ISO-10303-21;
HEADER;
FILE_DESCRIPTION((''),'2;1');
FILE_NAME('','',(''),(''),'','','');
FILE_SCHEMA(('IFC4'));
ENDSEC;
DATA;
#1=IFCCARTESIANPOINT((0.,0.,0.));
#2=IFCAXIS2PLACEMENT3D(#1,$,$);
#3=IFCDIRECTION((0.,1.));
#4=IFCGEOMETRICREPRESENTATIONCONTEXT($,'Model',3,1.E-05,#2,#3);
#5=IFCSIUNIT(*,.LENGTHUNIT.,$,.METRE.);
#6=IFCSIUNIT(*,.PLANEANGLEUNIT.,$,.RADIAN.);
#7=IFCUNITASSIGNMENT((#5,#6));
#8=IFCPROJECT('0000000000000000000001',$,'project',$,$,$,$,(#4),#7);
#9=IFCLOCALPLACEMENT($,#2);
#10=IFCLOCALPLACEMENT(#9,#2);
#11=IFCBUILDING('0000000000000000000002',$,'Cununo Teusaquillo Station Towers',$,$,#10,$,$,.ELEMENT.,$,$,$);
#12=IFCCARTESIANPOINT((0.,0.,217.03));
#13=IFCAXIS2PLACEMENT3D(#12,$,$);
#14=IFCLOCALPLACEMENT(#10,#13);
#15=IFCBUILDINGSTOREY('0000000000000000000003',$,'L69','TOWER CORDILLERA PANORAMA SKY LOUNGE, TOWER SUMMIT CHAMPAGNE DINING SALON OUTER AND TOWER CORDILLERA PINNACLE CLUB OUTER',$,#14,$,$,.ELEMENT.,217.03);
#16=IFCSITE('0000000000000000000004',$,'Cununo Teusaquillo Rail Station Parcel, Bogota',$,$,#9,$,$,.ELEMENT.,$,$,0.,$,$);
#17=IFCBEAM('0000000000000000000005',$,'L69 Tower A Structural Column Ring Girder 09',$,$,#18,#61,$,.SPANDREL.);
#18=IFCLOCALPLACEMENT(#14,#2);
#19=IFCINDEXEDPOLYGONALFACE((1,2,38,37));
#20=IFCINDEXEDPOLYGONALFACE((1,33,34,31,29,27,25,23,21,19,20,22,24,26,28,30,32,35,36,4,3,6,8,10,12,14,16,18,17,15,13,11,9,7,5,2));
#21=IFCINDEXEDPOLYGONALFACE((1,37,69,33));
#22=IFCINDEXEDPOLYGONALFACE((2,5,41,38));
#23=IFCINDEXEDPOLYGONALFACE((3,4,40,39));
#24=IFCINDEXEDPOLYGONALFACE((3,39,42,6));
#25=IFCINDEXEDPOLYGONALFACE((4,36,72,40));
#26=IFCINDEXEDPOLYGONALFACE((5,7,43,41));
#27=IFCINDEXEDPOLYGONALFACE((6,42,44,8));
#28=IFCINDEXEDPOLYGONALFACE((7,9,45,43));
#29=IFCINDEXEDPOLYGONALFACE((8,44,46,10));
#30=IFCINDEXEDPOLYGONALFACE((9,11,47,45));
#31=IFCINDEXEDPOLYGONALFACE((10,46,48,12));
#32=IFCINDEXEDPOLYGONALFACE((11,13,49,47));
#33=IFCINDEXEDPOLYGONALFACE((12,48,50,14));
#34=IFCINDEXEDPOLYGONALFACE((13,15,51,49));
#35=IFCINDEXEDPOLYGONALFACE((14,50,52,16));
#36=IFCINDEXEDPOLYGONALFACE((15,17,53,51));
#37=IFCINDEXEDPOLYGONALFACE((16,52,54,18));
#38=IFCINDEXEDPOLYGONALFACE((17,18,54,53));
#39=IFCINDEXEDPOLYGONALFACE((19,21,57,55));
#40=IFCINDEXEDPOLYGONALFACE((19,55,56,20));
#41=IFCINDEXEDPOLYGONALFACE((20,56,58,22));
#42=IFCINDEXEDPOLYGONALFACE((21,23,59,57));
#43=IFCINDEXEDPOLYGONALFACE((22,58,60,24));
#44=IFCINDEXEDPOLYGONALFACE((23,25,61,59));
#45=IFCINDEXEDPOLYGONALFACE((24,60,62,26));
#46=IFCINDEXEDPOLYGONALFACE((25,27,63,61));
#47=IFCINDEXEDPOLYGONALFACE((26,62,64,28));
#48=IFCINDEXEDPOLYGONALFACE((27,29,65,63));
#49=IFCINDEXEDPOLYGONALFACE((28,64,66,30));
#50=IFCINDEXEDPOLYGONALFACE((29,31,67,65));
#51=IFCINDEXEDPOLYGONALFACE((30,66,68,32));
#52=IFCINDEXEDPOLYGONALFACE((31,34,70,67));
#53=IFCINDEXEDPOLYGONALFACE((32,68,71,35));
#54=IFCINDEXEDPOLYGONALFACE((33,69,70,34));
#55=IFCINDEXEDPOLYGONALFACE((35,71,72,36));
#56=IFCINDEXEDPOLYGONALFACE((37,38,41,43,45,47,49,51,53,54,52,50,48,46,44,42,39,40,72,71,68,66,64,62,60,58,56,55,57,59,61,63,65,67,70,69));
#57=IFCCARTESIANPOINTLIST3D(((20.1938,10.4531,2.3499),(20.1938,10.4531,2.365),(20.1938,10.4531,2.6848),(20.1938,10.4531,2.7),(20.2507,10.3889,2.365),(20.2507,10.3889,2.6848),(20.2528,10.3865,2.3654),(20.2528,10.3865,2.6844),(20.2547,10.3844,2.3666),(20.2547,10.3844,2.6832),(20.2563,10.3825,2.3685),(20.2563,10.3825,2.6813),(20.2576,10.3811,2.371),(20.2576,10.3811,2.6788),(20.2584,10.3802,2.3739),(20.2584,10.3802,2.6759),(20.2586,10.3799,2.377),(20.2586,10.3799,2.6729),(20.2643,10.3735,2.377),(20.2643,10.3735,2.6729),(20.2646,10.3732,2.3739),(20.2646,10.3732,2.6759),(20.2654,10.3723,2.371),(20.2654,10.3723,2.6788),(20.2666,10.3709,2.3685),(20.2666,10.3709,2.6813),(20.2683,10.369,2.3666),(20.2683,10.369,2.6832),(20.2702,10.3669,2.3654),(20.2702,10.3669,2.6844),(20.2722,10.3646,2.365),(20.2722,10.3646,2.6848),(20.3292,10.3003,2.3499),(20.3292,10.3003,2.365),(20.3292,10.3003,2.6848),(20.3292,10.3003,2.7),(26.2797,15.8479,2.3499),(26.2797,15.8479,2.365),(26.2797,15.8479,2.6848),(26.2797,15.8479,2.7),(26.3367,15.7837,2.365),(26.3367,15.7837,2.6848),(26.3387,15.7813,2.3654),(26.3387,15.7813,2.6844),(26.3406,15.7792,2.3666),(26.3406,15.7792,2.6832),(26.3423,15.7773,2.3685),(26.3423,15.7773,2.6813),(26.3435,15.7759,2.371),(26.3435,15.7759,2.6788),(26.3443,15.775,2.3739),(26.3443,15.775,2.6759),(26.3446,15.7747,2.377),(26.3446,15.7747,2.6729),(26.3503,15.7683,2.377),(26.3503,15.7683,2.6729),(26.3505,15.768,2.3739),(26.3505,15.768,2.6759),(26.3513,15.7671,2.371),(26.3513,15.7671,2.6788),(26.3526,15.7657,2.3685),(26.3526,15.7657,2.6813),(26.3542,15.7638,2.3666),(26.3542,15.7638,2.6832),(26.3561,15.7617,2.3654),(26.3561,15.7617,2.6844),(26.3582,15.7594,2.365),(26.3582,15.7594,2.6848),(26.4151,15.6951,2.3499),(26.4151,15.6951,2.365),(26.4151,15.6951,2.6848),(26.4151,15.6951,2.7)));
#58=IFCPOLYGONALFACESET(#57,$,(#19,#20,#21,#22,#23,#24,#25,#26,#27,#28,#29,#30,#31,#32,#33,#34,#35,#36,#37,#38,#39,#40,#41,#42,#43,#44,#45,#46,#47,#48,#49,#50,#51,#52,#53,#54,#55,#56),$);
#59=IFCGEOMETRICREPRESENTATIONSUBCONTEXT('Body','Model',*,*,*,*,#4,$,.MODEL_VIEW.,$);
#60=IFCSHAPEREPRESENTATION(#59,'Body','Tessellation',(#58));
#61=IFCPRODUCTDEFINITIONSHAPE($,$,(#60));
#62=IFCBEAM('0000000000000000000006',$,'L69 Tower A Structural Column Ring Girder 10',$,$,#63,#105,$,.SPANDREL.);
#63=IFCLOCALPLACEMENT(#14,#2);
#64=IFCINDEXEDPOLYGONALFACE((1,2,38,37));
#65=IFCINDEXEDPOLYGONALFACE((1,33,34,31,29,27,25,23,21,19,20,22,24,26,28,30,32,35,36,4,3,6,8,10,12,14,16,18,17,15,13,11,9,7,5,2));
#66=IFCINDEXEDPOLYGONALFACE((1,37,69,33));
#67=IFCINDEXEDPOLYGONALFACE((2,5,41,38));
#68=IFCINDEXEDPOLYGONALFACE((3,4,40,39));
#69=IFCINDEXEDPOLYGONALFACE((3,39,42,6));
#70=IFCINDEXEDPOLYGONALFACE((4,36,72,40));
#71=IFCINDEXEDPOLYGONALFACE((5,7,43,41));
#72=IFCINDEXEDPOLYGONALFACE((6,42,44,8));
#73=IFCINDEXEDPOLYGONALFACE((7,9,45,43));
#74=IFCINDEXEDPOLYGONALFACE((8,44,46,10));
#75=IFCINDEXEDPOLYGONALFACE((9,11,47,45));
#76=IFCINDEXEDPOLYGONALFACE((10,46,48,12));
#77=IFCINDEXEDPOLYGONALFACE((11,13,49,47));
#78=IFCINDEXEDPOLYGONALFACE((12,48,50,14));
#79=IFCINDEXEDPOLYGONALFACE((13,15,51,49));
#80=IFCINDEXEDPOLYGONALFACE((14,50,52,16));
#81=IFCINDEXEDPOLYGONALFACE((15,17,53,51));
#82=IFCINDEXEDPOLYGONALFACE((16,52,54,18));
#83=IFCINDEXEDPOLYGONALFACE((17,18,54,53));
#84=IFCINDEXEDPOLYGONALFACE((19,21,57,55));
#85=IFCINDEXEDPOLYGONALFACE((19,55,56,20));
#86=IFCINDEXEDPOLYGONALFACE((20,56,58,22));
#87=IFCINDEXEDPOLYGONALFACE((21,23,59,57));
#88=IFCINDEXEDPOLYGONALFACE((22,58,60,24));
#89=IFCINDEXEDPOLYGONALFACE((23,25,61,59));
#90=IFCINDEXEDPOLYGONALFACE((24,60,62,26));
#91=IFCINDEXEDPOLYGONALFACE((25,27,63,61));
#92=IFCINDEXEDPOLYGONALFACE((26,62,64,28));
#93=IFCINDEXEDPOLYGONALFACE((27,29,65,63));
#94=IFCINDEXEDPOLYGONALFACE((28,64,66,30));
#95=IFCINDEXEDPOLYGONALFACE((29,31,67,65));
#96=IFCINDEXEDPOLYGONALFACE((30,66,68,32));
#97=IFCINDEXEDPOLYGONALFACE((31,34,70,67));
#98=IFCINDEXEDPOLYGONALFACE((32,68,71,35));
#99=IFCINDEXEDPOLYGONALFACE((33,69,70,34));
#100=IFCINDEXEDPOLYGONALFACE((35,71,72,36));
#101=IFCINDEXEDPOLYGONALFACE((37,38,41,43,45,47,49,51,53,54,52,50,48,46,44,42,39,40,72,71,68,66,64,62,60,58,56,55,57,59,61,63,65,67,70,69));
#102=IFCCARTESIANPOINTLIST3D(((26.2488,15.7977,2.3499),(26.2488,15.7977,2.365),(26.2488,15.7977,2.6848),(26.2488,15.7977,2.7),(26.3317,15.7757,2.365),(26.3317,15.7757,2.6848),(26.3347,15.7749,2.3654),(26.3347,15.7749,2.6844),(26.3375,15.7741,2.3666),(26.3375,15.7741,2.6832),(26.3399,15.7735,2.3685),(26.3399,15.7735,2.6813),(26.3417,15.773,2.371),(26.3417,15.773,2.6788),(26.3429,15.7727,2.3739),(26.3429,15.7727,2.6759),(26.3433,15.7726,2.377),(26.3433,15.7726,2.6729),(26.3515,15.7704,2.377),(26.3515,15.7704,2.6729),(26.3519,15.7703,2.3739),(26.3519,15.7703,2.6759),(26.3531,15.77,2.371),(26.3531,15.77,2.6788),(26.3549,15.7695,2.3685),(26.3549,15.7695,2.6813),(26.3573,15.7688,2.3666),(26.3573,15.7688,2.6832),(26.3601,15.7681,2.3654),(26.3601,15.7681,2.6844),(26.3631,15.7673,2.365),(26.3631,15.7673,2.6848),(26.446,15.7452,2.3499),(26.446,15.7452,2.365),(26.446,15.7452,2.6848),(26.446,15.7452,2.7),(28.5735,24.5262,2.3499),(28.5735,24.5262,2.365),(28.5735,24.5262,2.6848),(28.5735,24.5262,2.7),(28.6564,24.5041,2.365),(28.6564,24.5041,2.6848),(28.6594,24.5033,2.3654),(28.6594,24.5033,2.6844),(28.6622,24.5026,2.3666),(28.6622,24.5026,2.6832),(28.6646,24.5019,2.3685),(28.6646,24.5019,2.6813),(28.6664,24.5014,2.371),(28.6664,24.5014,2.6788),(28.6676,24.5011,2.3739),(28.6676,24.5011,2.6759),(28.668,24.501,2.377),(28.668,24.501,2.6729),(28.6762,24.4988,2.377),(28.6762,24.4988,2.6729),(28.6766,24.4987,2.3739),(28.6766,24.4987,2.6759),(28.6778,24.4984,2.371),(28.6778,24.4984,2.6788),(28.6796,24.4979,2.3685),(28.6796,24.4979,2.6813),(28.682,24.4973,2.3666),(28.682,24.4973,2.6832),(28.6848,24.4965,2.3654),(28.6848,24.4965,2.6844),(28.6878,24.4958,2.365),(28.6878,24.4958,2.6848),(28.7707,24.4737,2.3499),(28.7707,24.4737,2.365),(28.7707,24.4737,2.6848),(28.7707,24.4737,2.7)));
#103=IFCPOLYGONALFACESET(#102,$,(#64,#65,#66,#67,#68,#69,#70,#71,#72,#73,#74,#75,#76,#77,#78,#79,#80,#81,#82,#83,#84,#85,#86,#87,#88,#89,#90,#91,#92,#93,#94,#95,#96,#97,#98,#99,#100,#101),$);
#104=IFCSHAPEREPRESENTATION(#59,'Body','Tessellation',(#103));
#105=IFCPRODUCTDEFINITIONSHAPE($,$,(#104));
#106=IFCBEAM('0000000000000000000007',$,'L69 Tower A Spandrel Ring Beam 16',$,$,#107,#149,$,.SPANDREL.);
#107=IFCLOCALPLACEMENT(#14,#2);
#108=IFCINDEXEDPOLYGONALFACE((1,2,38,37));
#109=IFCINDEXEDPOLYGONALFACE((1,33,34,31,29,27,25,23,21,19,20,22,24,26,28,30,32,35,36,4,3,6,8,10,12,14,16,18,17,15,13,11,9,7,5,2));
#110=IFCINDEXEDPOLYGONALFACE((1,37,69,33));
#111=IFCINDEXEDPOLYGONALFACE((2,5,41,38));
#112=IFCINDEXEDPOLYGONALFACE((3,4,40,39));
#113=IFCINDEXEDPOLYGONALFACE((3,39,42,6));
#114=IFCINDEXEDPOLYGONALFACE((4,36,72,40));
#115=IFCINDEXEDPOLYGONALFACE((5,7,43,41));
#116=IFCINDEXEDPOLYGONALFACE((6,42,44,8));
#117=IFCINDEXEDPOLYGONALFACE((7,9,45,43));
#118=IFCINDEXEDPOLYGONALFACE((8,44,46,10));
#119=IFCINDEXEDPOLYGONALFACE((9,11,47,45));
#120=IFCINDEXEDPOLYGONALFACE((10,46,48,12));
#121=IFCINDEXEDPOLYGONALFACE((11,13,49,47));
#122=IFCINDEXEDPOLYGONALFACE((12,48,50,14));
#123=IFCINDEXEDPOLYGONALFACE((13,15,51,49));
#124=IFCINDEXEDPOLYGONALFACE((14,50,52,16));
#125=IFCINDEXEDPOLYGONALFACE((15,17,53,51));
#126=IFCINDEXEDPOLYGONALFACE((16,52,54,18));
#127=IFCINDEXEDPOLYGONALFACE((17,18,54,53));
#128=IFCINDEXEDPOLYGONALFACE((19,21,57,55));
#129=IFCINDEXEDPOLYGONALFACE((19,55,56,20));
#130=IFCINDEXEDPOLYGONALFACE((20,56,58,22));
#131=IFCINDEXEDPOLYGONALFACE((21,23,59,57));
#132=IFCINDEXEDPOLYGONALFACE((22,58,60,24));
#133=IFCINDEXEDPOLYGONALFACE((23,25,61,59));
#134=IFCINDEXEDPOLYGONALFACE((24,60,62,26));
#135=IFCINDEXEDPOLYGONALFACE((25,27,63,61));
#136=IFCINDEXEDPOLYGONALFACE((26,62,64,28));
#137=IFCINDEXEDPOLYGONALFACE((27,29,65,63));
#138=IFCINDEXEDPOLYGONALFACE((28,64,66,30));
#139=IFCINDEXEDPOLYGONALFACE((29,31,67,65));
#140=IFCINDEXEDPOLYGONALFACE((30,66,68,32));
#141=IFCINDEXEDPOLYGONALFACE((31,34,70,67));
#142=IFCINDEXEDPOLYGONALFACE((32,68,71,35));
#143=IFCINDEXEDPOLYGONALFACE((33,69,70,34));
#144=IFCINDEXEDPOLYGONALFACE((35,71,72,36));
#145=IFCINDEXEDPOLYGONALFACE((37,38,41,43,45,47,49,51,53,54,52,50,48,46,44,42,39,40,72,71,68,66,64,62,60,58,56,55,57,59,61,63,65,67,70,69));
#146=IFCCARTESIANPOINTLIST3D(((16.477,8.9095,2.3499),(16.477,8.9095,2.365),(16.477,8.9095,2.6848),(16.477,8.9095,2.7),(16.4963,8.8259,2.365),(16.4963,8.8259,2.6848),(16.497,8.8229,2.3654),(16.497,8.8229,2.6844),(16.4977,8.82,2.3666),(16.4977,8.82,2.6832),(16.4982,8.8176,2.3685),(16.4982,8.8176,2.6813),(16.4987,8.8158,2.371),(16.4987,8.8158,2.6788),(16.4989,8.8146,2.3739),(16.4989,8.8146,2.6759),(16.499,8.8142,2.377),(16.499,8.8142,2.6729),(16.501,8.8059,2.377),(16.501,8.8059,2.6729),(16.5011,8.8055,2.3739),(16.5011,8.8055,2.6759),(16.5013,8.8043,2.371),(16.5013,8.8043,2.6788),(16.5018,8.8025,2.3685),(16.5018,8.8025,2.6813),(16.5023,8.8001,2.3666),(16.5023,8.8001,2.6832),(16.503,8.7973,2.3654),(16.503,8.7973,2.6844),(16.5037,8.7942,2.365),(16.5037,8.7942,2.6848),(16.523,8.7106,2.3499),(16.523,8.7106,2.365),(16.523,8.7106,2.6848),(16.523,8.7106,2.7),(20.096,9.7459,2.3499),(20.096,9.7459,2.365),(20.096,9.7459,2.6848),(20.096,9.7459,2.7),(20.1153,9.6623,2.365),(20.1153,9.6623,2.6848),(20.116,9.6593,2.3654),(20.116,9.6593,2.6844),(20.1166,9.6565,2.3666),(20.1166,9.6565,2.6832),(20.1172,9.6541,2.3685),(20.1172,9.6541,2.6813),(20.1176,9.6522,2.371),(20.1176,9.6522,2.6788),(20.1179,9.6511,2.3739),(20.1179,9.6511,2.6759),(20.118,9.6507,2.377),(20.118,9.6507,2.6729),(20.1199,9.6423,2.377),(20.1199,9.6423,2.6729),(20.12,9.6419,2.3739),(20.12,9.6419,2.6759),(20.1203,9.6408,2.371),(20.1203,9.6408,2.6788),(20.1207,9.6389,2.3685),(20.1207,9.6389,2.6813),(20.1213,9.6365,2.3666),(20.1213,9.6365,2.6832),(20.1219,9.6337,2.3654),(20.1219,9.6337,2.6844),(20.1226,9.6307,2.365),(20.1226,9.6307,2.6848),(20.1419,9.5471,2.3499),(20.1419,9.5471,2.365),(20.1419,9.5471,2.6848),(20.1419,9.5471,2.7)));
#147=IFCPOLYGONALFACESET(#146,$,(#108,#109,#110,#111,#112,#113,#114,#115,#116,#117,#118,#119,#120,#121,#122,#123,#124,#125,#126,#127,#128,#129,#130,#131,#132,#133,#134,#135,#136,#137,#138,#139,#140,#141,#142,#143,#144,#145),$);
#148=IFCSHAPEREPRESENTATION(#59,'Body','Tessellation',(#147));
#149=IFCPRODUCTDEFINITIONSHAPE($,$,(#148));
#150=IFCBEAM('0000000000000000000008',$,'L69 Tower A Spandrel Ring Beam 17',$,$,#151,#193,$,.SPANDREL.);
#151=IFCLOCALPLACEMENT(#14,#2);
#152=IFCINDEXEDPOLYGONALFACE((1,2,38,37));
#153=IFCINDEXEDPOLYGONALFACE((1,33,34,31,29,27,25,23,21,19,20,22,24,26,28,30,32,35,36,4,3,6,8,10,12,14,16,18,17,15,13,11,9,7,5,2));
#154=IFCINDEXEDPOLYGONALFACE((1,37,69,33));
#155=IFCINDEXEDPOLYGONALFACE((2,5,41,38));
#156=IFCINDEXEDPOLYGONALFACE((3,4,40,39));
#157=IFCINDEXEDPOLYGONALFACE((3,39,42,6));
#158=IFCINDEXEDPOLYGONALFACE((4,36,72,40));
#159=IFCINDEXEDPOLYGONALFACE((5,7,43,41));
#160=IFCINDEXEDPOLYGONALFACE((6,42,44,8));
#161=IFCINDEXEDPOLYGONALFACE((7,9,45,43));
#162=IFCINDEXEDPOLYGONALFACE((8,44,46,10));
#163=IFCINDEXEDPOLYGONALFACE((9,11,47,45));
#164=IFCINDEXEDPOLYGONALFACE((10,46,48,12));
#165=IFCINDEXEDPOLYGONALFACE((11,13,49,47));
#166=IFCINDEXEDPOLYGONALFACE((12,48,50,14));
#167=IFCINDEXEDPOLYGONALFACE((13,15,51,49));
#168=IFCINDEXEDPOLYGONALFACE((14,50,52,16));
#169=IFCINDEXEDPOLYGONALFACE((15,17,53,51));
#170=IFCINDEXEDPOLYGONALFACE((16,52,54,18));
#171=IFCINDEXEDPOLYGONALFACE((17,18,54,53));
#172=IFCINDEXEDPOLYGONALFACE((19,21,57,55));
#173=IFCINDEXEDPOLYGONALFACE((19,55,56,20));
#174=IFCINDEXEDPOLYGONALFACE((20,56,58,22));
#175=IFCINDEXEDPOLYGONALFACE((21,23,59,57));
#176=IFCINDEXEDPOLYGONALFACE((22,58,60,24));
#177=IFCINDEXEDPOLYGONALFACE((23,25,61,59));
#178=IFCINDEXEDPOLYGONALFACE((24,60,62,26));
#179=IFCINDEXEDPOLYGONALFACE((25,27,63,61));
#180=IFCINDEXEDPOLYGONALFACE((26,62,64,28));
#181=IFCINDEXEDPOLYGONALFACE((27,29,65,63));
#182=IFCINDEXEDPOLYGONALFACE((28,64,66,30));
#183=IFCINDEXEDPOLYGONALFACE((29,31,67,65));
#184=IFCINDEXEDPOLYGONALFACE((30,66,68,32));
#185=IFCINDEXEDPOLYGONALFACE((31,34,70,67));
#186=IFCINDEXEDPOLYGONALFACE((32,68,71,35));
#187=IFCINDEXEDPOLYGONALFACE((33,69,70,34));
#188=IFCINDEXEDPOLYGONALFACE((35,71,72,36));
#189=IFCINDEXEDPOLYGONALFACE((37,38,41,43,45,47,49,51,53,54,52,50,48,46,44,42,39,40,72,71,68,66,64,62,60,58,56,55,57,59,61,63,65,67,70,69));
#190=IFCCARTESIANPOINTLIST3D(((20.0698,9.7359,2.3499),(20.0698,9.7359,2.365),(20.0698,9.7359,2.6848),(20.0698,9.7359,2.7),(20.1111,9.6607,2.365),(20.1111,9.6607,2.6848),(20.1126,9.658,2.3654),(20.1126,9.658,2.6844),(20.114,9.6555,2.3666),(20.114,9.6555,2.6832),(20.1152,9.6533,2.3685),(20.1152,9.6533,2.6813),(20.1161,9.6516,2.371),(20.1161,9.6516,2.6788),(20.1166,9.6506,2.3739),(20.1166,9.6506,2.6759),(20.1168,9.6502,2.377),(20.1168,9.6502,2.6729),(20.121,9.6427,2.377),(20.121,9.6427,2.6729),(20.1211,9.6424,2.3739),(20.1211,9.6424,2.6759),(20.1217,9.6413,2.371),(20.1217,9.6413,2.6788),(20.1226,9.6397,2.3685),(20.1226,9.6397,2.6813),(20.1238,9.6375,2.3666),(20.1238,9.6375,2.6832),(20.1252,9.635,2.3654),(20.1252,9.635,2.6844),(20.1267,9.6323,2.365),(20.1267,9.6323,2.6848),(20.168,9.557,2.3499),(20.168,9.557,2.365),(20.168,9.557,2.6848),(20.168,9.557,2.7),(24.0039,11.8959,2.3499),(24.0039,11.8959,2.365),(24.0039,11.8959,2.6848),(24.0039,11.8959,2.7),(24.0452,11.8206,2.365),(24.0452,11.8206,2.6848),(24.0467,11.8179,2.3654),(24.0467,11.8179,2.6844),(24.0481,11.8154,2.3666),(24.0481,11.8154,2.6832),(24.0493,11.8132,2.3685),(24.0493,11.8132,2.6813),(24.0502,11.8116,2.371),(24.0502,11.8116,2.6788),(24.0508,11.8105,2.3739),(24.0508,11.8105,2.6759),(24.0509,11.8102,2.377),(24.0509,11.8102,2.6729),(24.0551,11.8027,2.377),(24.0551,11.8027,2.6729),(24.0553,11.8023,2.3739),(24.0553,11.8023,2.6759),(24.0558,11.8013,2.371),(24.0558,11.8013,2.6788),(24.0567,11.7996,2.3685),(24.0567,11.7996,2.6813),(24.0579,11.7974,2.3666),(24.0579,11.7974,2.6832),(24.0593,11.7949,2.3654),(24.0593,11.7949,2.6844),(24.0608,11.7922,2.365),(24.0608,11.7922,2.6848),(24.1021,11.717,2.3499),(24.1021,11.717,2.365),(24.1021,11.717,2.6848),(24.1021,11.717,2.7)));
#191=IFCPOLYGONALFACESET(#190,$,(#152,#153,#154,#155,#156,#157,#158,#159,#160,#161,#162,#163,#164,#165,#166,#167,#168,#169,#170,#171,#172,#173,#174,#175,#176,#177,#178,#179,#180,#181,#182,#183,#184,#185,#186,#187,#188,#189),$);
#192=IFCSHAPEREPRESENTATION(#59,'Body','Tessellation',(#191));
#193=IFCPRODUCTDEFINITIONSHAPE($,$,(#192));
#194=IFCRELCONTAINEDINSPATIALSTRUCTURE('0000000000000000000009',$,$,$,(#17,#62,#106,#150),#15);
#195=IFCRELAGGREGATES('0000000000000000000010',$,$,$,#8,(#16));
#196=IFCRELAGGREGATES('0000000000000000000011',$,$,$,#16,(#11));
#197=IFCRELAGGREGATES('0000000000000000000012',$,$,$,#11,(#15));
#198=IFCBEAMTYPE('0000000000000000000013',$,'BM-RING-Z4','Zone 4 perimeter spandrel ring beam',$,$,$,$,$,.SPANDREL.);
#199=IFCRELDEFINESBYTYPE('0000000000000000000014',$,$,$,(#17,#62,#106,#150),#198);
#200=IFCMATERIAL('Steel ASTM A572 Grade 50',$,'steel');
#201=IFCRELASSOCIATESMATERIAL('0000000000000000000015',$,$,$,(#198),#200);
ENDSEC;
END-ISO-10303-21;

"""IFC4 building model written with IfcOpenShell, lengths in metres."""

from ifc_helpers import new_model, si_unit, direction, frame, origin, origin_2d, place, context, subcontext, project, spatial, i_section, extrude, material, material_profile, profile_set, type_object, element, save


model = new_model("IFC4")

# Units and contexts
model_context = context("Model", 3, precision=1e-05, world=origin(), true_north=direction((0.0, 1.0)))
body_context = subcontext(model_context, "Body", "Model", "MODEL_VIEW")
ifc_project = project(units=[si_unit("LENGTHUNIT", "METRE"), si_unit("PLANEANGLEUNIT", "RADIAN")], contexts=[model_context])

# Site, building, storey
site_placement = place(None, origin())
site = spatial("IfcSite", under=ifc_project, at=site_placement, Name="Cununo Teusaquillo Rail Station Parcel, Bogota", CompositionType="ELEMENT", RefElevation=0.0)
building_placement = place(site_placement, origin())
building = spatial("IfcBuilding", under=site, at=building_placement, Name="Cununo Teusaquillo Station Towers", CompositionType="ELEMENT")
storey_placement = place(building_placement, frame((0.0, 0.0, 217.03)))
storey = spatial("IfcBuildingStorey", under=building, at=storey_placement, Name="L69", Description="TOWER CORDILLERA PANORAMA SKY LOUNGE, TOWER SUMMIT CHAMPAGNE DINING SALON OUTER AND TOWER CORDILLERA PINNACLE CLUB OUTER", CompositionType="ELEMENT", Elevation=217.03)

# Beams
ifc_material_1 = material(Name="Steel ASTM A572 Grade 50", Category="steel")
ifc_material_profile_1 = material_profile(ifc_material_1, i_section(OverallWidth=0.2041, OverallDepth=0.3501, WebThickness=0.0085, FlangeThickness=0.0151, FilletRadius=0.012, at=origin_2d()), Name="W14X48")
ifc_profile_set_1 = profile_set([ifc_material_profile_1], Name="Steel ASTM A572 Grade 50")
beam_type_1 = type_object("IfcBeamType", Name="BM-RING-Z4", Description="Zone 4 perimeter spandrel ring beam", PredefinedType="SPANDREL", material=ifc_profile_set_1)
beam_1_placement = place(storey_placement, frame((20.2615, 10.3767, 2.5249), z_axis=(0.748321, 0.663337, 0.0), x_axis=(-0.663337, 0.748321, 0.0)))
element("IfcBeam", 1, at=beam_1_placement, inside=storey, type_object=beam_type_1, Name="L69 Tower A Structural Column Ring Girder 09", PredefinedType="SPANDREL", context=body_context, shape_type="SweptSolid", body=[
    extrude(i_section(OverallWidth=0.2041, OverallDepth=0.3501, WebThickness=0.0085, FlangeThickness=0.0151, FilletRadius=0.012, at=origin_2d()), origin(), (0.0, 0.0, 1.0), 8.1328),
])
beam_2_placement = place(storey_placement, frame((26.3474, 15.7715, 2.5249), z_axis=(0.257363, 0.966315, 0.0), x_axis=(-0.966315, 0.257363, 0.0)))
element("IfcBeam", 2, at=beam_2_placement, inside=storey, type_object=beam_type_1, Name="L69 Tower A Structural Column Ring Girder 10", PredefinedType="SPANDREL", context=body_context, shape_type="SweptSolid", body=[
    extrude(i_section(OverallWidth=0.2041, OverallDepth=0.3501, WebThickness=0.0085, FlangeThickness=0.0151, FilletRadius=0.012, at=origin_2d()), origin(), (0.0, 0.0, 1.0), 9.0327),
])
beam_3_placement = place(storey_placement, frame((16.5, 8.8101, 2.5249), z_axis=(0.974315, 0.225191, 0.0), x_axis=(-0.225191, 0.974315, 0.0)))
element("IfcBeam", 3, at=beam_3_placement, inside=storey, type_object=beam_type_1, Name="L69 Tower A Spandrel Ring Beam 16", PredefinedType="SPANDREL", context=body_context, shape_type="SweptSolid", body=[
    extrude(i_section(OverallWidth=0.2041, OverallDepth=0.3501, WebThickness=0.0085, FlangeThickness=0.0151, FilletRadius=0.012, at=origin_2d()), origin(), (0.0, 0.0, 1.0), 3.7144),
])
beam_4_placement = place(storey_placement, frame((20.1189, 9.6465, 2.5249), z_axis=(0.876576, 0.481263, 0.0), x_axis=(-0.481263, 0.876576, 0.0)))
element("IfcBeam", 4, at=beam_4_placement, inside=storey, type_object=beam_type_1, Name="L69 Tower A Spandrel Ring Beam 17", PredefinedType="SPANDREL", context=body_context, shape_type="SweptSolid", body=[
    extrude(i_section(OverallWidth=0.2041, OverallDepth=0.3501, WebThickness=0.0085, FlangeThickness=0.0151, FilletRadius=0.012, at=origin_2d()), origin(), (0.0, 0.0, 1.0), 4.488),
])

save(model, "model.ifc")
